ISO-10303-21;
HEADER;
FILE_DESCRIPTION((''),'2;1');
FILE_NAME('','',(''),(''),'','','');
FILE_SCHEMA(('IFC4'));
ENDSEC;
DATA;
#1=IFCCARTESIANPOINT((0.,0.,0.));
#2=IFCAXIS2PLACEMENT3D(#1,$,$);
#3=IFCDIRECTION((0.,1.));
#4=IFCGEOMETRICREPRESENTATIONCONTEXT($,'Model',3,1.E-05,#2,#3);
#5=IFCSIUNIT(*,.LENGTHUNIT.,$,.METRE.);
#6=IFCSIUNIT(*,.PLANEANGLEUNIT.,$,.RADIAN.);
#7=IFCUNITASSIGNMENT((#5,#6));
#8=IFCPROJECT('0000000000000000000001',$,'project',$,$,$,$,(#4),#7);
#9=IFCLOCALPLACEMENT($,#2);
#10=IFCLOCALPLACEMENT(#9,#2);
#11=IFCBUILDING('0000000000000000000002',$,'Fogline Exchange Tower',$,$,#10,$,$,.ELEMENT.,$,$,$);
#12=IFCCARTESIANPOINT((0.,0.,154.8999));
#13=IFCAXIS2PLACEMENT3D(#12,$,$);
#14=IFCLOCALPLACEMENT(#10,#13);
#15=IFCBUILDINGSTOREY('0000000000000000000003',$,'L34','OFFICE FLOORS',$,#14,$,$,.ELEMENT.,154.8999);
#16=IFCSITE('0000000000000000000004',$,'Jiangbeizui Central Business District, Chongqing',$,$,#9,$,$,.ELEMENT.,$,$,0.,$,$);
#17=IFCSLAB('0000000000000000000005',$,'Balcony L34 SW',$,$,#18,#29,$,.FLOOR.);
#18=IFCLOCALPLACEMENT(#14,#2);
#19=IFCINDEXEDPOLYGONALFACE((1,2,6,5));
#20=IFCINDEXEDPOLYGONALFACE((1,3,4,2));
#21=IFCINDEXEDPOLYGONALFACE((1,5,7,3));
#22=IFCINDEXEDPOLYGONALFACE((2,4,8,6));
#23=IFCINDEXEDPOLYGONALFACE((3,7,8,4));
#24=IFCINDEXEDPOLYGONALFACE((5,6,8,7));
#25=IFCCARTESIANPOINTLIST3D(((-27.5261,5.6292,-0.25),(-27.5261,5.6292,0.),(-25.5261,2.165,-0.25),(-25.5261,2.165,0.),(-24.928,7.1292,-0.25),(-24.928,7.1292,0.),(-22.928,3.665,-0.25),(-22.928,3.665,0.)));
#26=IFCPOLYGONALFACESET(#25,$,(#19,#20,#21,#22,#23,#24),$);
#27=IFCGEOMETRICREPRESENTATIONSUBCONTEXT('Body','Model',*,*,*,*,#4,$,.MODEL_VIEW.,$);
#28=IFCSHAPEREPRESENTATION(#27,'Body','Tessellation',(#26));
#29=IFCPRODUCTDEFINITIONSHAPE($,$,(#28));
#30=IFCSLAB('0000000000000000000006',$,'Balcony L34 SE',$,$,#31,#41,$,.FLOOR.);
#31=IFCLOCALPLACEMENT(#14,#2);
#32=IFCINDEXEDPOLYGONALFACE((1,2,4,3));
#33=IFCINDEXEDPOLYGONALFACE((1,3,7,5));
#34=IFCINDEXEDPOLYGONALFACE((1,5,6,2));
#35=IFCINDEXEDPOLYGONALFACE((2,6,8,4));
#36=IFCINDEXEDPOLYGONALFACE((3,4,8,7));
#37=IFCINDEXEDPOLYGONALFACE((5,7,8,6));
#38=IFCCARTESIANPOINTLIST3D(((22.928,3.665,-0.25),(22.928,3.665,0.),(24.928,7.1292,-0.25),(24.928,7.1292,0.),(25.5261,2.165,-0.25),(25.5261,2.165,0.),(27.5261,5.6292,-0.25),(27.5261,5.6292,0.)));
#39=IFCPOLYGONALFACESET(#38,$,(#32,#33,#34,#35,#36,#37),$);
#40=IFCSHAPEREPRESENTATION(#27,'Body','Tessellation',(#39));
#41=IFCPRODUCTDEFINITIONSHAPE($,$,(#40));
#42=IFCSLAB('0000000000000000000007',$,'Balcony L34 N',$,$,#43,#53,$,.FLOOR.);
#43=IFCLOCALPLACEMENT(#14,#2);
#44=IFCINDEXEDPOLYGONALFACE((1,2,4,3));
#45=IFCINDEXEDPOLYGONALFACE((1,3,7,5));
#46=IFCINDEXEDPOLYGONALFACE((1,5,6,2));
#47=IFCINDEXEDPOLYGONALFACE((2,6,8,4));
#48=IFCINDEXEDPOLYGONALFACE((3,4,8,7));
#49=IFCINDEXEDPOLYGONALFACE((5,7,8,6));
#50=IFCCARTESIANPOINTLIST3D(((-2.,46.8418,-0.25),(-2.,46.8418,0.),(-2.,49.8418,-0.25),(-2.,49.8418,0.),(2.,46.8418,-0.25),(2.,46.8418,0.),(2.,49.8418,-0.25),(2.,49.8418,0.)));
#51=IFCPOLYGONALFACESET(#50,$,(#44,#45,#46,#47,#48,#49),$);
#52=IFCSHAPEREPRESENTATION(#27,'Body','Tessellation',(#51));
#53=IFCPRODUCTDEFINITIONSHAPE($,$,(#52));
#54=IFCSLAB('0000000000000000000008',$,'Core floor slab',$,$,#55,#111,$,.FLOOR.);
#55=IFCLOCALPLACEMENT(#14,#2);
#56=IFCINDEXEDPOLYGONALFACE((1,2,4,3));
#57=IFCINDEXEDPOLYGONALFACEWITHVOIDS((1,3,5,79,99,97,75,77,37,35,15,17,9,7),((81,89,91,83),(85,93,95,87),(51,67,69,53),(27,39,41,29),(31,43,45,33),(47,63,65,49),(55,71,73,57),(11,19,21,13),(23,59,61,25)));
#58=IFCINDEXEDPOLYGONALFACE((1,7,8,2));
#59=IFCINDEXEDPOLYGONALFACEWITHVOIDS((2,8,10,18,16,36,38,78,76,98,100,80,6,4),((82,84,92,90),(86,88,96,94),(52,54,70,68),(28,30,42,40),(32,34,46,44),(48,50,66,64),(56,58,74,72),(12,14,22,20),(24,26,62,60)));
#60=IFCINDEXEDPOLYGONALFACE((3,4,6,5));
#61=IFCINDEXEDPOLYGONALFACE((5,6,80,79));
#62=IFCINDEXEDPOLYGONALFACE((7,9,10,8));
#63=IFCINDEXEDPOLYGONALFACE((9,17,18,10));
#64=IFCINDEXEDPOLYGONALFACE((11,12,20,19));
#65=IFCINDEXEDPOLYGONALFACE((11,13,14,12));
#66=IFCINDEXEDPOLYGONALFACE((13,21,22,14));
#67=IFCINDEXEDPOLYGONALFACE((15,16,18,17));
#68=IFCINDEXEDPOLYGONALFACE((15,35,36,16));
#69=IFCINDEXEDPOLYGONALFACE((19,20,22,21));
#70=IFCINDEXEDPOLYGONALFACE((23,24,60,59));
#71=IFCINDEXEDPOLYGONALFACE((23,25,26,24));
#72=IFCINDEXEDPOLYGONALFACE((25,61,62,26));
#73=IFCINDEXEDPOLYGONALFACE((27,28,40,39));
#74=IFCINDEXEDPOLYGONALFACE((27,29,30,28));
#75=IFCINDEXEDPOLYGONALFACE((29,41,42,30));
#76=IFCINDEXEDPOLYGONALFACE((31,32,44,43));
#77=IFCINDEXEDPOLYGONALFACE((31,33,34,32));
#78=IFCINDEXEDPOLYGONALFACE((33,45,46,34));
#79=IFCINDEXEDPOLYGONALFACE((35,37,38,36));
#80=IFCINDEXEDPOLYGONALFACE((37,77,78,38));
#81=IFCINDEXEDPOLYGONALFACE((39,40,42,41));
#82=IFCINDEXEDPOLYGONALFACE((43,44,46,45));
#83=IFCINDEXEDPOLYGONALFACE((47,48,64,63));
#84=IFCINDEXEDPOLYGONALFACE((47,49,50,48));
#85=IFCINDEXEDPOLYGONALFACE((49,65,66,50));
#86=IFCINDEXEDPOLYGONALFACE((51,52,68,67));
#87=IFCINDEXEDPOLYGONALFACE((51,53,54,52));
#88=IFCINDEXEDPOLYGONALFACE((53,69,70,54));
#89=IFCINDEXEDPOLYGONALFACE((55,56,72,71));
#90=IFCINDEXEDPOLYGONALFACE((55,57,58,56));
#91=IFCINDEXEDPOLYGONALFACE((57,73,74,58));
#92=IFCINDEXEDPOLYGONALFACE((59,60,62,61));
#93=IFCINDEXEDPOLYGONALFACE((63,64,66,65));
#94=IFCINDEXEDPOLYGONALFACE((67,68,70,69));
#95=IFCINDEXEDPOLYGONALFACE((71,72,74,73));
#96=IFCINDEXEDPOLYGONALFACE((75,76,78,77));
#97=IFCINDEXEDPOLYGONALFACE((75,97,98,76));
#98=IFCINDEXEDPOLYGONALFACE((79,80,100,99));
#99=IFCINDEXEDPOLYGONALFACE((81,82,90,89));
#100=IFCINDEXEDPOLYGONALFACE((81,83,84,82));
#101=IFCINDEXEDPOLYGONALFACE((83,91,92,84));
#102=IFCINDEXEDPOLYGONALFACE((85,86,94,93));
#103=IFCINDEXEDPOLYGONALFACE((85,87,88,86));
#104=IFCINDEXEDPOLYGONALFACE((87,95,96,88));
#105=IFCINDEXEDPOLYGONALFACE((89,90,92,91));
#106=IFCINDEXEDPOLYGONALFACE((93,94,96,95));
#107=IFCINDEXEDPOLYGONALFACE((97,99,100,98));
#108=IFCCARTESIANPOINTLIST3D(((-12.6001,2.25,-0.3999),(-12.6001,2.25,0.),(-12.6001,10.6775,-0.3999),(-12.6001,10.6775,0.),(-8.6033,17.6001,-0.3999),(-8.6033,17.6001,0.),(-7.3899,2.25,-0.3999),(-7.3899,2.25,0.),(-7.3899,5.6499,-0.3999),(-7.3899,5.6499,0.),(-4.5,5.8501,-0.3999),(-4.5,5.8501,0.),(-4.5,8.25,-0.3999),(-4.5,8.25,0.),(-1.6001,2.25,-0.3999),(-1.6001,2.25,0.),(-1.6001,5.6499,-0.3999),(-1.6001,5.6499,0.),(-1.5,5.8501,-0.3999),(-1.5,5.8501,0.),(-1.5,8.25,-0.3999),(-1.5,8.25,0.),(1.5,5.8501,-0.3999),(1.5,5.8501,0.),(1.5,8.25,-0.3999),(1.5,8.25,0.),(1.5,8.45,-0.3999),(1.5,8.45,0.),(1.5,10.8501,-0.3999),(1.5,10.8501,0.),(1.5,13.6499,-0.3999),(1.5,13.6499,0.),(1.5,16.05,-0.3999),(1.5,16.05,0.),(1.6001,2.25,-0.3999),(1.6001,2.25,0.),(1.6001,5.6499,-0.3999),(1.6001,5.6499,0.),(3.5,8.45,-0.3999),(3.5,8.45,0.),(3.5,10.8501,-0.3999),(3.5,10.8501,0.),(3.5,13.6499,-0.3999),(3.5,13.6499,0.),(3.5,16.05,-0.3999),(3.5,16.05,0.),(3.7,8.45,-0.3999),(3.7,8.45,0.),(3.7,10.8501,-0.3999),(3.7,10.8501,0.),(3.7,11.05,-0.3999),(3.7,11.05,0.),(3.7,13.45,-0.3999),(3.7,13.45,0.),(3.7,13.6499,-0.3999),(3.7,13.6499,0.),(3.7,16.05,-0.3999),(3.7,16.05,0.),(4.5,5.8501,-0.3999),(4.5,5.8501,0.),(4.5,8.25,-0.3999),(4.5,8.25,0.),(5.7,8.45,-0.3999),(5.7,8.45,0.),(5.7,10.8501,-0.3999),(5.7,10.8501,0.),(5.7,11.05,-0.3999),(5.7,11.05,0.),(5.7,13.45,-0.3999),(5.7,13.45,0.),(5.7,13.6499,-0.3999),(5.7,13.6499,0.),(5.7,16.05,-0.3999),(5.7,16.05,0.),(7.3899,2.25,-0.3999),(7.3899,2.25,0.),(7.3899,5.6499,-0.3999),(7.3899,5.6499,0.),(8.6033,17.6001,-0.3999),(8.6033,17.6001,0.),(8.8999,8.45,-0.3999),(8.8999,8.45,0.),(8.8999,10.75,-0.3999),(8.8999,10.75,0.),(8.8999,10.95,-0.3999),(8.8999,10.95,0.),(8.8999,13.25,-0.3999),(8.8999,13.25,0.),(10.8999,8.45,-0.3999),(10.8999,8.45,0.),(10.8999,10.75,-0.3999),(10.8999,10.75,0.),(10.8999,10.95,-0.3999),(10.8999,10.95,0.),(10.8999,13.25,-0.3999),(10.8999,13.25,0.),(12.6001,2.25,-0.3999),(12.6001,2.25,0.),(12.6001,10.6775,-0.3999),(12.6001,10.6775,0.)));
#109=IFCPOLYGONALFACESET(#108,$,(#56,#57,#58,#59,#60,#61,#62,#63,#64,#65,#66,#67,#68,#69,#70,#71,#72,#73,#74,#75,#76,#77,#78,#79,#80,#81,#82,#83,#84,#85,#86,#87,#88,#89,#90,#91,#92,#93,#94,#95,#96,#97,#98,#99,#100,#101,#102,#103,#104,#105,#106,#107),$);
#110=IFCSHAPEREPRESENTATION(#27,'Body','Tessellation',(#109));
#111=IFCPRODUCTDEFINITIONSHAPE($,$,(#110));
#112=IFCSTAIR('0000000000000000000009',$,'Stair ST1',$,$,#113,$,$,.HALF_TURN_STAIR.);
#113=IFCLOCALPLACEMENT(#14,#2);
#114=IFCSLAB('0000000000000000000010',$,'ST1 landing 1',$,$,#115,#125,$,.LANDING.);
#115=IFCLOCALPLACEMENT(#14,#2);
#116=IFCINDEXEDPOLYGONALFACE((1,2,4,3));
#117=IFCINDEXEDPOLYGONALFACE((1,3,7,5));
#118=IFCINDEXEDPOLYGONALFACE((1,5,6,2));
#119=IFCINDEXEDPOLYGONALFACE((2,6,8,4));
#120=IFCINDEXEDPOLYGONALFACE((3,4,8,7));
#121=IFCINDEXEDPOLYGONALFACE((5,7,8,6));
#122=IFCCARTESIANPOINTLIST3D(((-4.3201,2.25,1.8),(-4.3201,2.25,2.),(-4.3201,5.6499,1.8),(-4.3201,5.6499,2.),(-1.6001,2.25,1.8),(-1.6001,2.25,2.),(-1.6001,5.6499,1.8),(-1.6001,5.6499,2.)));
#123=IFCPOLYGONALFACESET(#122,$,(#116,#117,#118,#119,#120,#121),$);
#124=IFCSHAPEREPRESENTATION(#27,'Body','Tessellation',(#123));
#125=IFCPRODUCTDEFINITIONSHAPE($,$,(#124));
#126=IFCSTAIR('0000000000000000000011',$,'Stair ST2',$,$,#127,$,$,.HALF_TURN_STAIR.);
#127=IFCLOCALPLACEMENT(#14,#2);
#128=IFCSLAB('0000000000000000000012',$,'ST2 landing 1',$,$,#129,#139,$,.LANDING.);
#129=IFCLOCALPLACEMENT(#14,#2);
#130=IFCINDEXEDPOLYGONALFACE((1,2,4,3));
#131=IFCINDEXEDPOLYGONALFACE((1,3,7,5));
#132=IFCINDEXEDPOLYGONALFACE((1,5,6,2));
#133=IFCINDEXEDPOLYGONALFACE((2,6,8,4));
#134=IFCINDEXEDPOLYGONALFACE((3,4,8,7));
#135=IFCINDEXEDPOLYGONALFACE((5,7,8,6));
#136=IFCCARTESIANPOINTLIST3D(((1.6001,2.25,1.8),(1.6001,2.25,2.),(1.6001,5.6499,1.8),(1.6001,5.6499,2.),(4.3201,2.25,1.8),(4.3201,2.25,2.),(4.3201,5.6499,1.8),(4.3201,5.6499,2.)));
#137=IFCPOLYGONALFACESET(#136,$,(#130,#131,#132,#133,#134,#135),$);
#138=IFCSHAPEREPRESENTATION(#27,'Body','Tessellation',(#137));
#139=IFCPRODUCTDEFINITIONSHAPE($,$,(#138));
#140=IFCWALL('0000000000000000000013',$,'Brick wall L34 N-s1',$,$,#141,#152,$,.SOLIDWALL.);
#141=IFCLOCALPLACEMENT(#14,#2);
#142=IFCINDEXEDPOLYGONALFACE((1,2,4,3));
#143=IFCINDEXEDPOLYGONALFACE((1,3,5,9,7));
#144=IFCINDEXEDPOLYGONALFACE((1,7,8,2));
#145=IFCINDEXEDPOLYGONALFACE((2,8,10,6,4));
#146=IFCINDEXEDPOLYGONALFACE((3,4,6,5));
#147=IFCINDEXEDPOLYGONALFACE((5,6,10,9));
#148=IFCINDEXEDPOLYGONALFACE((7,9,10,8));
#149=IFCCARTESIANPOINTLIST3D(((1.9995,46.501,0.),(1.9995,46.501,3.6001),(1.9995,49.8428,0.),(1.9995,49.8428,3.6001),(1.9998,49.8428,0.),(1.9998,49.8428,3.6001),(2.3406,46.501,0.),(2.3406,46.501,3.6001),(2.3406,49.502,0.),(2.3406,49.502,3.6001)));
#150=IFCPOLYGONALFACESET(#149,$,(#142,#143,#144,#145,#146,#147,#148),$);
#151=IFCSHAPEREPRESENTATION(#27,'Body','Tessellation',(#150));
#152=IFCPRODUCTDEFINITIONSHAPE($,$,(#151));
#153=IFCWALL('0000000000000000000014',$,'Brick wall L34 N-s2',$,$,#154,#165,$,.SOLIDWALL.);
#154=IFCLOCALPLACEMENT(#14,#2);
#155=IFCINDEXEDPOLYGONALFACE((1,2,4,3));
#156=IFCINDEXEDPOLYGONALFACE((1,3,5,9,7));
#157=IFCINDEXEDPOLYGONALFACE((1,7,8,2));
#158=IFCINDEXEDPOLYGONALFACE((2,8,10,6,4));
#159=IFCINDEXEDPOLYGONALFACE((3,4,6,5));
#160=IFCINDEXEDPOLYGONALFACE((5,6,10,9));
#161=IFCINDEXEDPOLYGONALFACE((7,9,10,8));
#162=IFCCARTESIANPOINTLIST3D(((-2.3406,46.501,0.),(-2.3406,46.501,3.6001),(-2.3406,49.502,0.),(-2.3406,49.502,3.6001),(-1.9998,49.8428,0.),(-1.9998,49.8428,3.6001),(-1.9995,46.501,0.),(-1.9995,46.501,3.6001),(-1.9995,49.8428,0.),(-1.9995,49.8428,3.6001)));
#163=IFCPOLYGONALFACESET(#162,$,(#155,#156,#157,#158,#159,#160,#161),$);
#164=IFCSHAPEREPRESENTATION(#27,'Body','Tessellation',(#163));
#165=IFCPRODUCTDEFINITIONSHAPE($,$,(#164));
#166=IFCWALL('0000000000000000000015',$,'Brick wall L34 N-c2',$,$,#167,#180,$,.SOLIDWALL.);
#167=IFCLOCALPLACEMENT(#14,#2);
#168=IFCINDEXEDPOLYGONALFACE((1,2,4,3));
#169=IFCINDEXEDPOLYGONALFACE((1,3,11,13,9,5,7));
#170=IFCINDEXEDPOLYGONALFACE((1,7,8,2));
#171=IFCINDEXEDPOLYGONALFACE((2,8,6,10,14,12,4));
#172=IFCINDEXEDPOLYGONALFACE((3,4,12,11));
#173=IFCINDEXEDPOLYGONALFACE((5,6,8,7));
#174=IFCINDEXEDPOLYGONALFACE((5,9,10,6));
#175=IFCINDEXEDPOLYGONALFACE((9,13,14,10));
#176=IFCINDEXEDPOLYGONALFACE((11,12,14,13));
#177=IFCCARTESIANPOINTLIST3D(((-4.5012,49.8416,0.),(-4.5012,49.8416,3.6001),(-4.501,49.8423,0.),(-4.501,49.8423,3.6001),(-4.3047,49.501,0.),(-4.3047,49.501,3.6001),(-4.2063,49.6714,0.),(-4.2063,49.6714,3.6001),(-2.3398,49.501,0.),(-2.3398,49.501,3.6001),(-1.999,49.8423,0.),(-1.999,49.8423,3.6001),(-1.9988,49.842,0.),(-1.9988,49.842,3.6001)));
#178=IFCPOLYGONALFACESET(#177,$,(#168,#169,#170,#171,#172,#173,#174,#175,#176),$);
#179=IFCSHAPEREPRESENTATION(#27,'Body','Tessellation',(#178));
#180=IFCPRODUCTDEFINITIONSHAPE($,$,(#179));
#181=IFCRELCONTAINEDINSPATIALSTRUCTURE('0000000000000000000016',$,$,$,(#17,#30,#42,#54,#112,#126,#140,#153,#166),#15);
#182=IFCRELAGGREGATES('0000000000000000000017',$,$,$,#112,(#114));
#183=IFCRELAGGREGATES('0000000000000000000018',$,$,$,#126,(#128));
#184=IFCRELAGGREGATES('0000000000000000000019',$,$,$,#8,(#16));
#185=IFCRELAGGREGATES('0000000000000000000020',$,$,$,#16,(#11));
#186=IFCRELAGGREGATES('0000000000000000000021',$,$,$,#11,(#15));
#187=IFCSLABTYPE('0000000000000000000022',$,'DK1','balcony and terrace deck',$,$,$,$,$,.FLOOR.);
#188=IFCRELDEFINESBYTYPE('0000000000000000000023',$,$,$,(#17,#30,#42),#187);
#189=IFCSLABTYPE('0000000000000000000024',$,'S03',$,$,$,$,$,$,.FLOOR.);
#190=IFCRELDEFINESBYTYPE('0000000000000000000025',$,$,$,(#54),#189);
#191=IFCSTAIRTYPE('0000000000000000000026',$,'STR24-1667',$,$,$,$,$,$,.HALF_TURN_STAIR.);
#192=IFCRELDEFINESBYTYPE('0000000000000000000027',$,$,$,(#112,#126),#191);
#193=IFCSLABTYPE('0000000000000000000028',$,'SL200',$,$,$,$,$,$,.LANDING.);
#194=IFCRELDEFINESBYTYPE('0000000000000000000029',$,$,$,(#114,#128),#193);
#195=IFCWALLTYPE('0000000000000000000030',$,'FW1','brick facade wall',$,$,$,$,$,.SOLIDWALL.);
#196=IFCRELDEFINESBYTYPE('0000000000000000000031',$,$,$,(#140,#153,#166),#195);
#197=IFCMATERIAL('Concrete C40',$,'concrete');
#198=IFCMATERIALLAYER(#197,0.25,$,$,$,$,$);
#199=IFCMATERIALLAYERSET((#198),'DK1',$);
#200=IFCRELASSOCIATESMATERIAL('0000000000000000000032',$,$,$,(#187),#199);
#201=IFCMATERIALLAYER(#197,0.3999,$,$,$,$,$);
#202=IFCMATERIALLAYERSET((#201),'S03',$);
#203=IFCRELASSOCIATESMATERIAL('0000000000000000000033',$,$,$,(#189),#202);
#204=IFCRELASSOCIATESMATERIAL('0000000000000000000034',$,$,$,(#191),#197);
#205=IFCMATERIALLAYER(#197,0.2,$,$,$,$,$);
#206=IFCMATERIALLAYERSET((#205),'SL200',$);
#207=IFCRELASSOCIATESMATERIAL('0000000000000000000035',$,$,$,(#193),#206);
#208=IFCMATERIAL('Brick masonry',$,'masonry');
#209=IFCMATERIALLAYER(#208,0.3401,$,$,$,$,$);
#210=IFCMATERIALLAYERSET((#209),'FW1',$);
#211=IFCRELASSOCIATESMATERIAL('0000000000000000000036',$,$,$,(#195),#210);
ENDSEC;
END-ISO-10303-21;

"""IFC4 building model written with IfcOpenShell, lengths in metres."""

from ifc_helpers import new_model, si_unit, direction, frame, origin, place, context, subcontext, project, spatial, polyline, outline, extrude, material, layer, layer_set, type_object, element, aggregate, save


model = new_model("IFC4")

# Units and contexts
model_context = context("Model", 3, precision=1e-05, world=origin(), true_north=direction((0.0, 1.0)))
body_context = subcontext(model_context, "Body", "Model", "MODEL_VIEW")
ifc_project = project(units=[si_unit("LENGTHUNIT", "METRE"), si_unit("PLANEANGLEUNIT", "RADIAN")], contexts=[model_context])

# Site, building, storey
site_placement = place(None, origin())
site = spatial("IfcSite", under=ifc_project, at=site_placement, Name="Jiangbeizui Central Business District, Chongqing", CompositionType="ELEMENT", RefElevation=0.0)
building_placement = place(site_placement, origin())
building = spatial("IfcBuilding", under=site, at=building_placement, Name="Fogline Exchange Tower", CompositionType="ELEMENT")
storey_placement = place(building_placement, frame((0.0, 0.0, 154.8999)))
storey = spatial("IfcBuildingStorey", under=building, at=storey_placement, Name="L34", Description="OFFICE FLOORS", CompositionType="ELEMENT", Elevation=154.8999)

# Slabs
ifc_material_1 = material(Name="Concrete C40", Category="concrete")
ifc_layer_1 = layer(ifc_material_1, 0.25)
ifc_layer_set_1 = layer_set([ifc_layer_1], Name="DK1")
slab_type_1 = type_object("IfcSlabType", Name="DK1", Description="balcony and terrace deck", PredefinedType="FLOOR", material=ifc_layer_set_1)
slab_1_placement = place(storey_placement, frame((0.0, 0.0, -0.25)))
element("IfcSlab", 1, at=slab_1_placement, inside=storey, type_object=slab_type_1, Name="Balcony L34 SW", PredefinedType="FLOOR", context=body_context, shape_type="SweptSolid", body=[
    extrude(outline(polyline([(-27.5261, 5.6292), (-25.5261, 2.165), (-22.928, 3.665), (-24.928, 7.1292), (-27.5261, 5.6292)])), origin(), (0.0, 0.0, 1.0), 0.25),
])
slab_2_placement = place(storey_placement, frame((0.0, 0.0, -0.25)))
element("IfcSlab", 2, at=slab_2_placement, inside=storey, type_object=slab_type_1, Name="Balcony L34 SE", PredefinedType="FLOOR", context=body_context, shape_type="SweptSolid", body=[
    extrude(outline(polyline([(25.5261, 2.165), (27.5261, 5.6292), (24.928, 7.1292), (22.928, 3.665), (25.5261, 2.165)])), origin(), (0.0, 0.0, 1.0), 0.25),
])
slab_3_placement = place(storey_placement, frame((0.0, 0.0, -0.25)))
element("IfcSlab", 3, at=slab_3_placement, inside=storey, type_object=slab_type_1, Name="Balcony L34 N", PredefinedType="FLOOR", context=body_context, shape_type="SweptSolid", body=[
    extrude(outline(polyline([(2.0, 49.8418), (-2.0, 49.8418), (-2.0, 46.8418), (2.0, 46.8418), (2.0, 49.8418)])), origin(), (0.0, 0.0, 1.0), 0.25),
])
ifc_layer_2 = layer(ifc_material_1, 0.3999)
ifc_layer_set_2 = layer_set([ifc_layer_2], Name="S03")
slab_type_2 = type_object("IfcSlabType", Name="S03", PredefinedType="FLOOR", material=ifc_layer_set_2)
slab_4_placement = place(storey_placement, frame((0.0, 0.0, -0.3999)))
element("IfcSlab", 4, at=slab_4_placement, inside=storey, type_object=slab_type_2, Name="Core floor slab", PredefinedType="FLOOR", context=body_context, shape_type="SweptSolid", body=[
    extrude(outline(polyline([(-12.6001, 2.25), (-12.6001, 10.6775), (-8.6033, 17.6001), (8.6033, 17.6001), (12.6001, 10.6775), (12.6001, 2.25), (7.3899, 2.25), (7.3899, 5.6499), (1.6001, 5.6499), (1.6001, 2.25), (-1.6001, 2.25), (-1.6001, 5.6499), (-7.3899, 5.6499), (-7.3899, 2.25), (-12.6001, 2.25)]), holes=[polyline([(-4.5, 8.25), (-4.5, 5.8501), (-1.5, 5.8501), (-1.5, 8.25), (-4.5, 8.25)]), polyline([(4.5, 8.25), (1.5, 8.25), (1.5, 5.8501), (4.5, 5.8501), (4.5, 8.25)]), polyline([(3.5, 10.8501), (1.5, 10.8501), (1.5, 8.45), (3.5, 8.45), (3.5, 10.8501)]), polyline([(1.5, 16.05), (1.5, 13.6499), (3.5, 13.6499), (3.5, 16.05), (1.5, 16.05)]), polyline([(10.8999, 10.75), (8.8999, 10.75), (8.8999, 8.45), (10.8999, 8.45), (10.8999, 10.75)]), polyline([(5.7, 10.8501), (3.7, 10.8501), (3.7, 8.45), (5.7, 8.45), (5.7, 10.8501)]), polyline([(8.8999, 13.25), (8.8999, 10.95), (10.8999, 10.95), (10.8999, 13.25), (8.8999, 13.25)]), polyline([(5.7, 13.45), (3.7, 13.45), (3.7, 11.05), (5.7, 11.05), (5.7, 13.45)]), polyline([(5.7, 16.05), (3.7, 16.05), (3.7, 13.6499), (5.7, 13.6499), (5.7, 16.05)])]), origin(), (0.0, 0.0, 1.0), 0.3999),
])

# Stairs, slabs
stair_type = type_object("IfcStairType", Name="STR24-1667", PredefinedType="HALF_TURN_STAIR", material=ifc_material_1)
stair_1_placement = place(storey_placement, origin())
stair_1 = element("IfcStair", 5, at=stair_1_placement, inside=storey, type_object=stair_type, Name="Stair ST1", PredefinedType="HALF_TURN_STAIR")
ifc_layer_3 = layer(ifc_material_1, 0.2)
ifc_layer_set_3 = layer_set([ifc_layer_3], Name="SL200")
slab_type_3 = type_object("IfcSlabType", Name="SL200", PredefinedType="LANDING", material=ifc_layer_set_3)
slab_5_placement = place(storey_placement, frame((0.0, 0.0, 1.8)))
slab_5 = element("IfcSlab", 6, at=slab_5_placement, type_object=slab_type_3, Name="ST1 landing 1", PredefinedType="LANDING", context=body_context, shape_type="SweptSolid", body=[
    extrude(outline(polyline([(-4.3201, 2.25), (-1.6001, 2.25), (-1.6001, 5.6499), (-4.3201, 5.6499), (-4.3201, 2.25)])), origin(), (0.0, 0.0, 1.0), 0.2),
])
aggregate(stair_1, [slab_5])
stair_2_placement = place(storey_placement, origin())
stair_2 = element("IfcStair", 7, at=stair_2_placement, inside=storey, type_object=stair_type, Name="Stair ST2", PredefinedType="HALF_TURN_STAIR")
slab_6_placement = place(storey_placement, frame((0.0, 0.0, 1.8)))
slab_6 = element("IfcSlab", 8, at=slab_6_placement, type_object=slab_type_3, Name="ST2 landing 1", PredefinedType="LANDING", context=body_context, shape_type="SweptSolid", body=[
    extrude(outline(polyline([(1.6001, 2.25), (4.3201, 2.25), (4.3201, 5.6499), (1.6001, 5.6499), (1.6001, 2.25)])), origin(), (0.0, 0.0, 1.0), 0.2),
])
aggregate(stair_2, [slab_6])

# Walls
ifc_material_2 = material(Name="Brick masonry", Category="masonry")
ifc_layer_4 = layer(ifc_material_2, 0.3401)
ifc_layer_set_4 = layer_set([ifc_layer_4], Name="FW1")
wall_type_1 = type_object("IfcWallType", Name="FW1", Description="brick facade wall", PredefinedType="SOLIDWALL", material=ifc_layer_set_4)
wall_1_placement = place(storey_placement, origin())
element("IfcWall", 9, at=wall_1_placement, inside=storey, type_object=wall_type_1, Name="Brick wall L34 N-s1", PredefinedType="SOLIDWALL", context=body_context, shape_type="SweptSolid", body=[
    extrude(outline(polyline([(2.3406, 46.501), (1.9995, 46.501), (1.9995, 49.8428), (1.9998, 49.8428), (2.3406, 49.502), (2.3406, 46.501)])), origin(), (0.0, 0.0, 1.0), 3.6001),
])
wall_2_placement = place(storey_placement, origin())
element("IfcWall", 10, at=wall_2_placement, inside=storey, type_object=wall_type_1, Name="Brick wall L34 N-s2", PredefinedType="SOLIDWALL", context=body_context, shape_type="SweptSolid", body=[
    extrude(outline(polyline([(-1.9995, 49.8428), (-1.9995, 46.501), (-2.3406, 46.501), (-2.3406, 49.502), (-1.9998, 49.8428), (-1.9995, 49.8428)])), origin(), (0.0, 0.0, 1.0), 3.6001),
])
wall_3_placement = place(storey_placement, origin())
element("IfcWall", 11, at=wall_3_placement, inside=storey, type_object=wall_type_1, Name="Brick wall L34 N-c2", PredefinedType="SOLIDWALL", context=body_context, shape_type="SweptSolid", body=[
    extrude(outline(polyline([(-4.3047, 49.501), (-4.2063, 49.6714), (-4.5012, 49.8416), (-4.501, 49.8423), (-1.999, 49.8423), (-1.9988, 49.842), (-2.3398, 49.501), (-4.3047, 49.501)])), origin(), (0.0, 0.0, 1.0), 3.6001),
])

save(model, "model.ifc")
